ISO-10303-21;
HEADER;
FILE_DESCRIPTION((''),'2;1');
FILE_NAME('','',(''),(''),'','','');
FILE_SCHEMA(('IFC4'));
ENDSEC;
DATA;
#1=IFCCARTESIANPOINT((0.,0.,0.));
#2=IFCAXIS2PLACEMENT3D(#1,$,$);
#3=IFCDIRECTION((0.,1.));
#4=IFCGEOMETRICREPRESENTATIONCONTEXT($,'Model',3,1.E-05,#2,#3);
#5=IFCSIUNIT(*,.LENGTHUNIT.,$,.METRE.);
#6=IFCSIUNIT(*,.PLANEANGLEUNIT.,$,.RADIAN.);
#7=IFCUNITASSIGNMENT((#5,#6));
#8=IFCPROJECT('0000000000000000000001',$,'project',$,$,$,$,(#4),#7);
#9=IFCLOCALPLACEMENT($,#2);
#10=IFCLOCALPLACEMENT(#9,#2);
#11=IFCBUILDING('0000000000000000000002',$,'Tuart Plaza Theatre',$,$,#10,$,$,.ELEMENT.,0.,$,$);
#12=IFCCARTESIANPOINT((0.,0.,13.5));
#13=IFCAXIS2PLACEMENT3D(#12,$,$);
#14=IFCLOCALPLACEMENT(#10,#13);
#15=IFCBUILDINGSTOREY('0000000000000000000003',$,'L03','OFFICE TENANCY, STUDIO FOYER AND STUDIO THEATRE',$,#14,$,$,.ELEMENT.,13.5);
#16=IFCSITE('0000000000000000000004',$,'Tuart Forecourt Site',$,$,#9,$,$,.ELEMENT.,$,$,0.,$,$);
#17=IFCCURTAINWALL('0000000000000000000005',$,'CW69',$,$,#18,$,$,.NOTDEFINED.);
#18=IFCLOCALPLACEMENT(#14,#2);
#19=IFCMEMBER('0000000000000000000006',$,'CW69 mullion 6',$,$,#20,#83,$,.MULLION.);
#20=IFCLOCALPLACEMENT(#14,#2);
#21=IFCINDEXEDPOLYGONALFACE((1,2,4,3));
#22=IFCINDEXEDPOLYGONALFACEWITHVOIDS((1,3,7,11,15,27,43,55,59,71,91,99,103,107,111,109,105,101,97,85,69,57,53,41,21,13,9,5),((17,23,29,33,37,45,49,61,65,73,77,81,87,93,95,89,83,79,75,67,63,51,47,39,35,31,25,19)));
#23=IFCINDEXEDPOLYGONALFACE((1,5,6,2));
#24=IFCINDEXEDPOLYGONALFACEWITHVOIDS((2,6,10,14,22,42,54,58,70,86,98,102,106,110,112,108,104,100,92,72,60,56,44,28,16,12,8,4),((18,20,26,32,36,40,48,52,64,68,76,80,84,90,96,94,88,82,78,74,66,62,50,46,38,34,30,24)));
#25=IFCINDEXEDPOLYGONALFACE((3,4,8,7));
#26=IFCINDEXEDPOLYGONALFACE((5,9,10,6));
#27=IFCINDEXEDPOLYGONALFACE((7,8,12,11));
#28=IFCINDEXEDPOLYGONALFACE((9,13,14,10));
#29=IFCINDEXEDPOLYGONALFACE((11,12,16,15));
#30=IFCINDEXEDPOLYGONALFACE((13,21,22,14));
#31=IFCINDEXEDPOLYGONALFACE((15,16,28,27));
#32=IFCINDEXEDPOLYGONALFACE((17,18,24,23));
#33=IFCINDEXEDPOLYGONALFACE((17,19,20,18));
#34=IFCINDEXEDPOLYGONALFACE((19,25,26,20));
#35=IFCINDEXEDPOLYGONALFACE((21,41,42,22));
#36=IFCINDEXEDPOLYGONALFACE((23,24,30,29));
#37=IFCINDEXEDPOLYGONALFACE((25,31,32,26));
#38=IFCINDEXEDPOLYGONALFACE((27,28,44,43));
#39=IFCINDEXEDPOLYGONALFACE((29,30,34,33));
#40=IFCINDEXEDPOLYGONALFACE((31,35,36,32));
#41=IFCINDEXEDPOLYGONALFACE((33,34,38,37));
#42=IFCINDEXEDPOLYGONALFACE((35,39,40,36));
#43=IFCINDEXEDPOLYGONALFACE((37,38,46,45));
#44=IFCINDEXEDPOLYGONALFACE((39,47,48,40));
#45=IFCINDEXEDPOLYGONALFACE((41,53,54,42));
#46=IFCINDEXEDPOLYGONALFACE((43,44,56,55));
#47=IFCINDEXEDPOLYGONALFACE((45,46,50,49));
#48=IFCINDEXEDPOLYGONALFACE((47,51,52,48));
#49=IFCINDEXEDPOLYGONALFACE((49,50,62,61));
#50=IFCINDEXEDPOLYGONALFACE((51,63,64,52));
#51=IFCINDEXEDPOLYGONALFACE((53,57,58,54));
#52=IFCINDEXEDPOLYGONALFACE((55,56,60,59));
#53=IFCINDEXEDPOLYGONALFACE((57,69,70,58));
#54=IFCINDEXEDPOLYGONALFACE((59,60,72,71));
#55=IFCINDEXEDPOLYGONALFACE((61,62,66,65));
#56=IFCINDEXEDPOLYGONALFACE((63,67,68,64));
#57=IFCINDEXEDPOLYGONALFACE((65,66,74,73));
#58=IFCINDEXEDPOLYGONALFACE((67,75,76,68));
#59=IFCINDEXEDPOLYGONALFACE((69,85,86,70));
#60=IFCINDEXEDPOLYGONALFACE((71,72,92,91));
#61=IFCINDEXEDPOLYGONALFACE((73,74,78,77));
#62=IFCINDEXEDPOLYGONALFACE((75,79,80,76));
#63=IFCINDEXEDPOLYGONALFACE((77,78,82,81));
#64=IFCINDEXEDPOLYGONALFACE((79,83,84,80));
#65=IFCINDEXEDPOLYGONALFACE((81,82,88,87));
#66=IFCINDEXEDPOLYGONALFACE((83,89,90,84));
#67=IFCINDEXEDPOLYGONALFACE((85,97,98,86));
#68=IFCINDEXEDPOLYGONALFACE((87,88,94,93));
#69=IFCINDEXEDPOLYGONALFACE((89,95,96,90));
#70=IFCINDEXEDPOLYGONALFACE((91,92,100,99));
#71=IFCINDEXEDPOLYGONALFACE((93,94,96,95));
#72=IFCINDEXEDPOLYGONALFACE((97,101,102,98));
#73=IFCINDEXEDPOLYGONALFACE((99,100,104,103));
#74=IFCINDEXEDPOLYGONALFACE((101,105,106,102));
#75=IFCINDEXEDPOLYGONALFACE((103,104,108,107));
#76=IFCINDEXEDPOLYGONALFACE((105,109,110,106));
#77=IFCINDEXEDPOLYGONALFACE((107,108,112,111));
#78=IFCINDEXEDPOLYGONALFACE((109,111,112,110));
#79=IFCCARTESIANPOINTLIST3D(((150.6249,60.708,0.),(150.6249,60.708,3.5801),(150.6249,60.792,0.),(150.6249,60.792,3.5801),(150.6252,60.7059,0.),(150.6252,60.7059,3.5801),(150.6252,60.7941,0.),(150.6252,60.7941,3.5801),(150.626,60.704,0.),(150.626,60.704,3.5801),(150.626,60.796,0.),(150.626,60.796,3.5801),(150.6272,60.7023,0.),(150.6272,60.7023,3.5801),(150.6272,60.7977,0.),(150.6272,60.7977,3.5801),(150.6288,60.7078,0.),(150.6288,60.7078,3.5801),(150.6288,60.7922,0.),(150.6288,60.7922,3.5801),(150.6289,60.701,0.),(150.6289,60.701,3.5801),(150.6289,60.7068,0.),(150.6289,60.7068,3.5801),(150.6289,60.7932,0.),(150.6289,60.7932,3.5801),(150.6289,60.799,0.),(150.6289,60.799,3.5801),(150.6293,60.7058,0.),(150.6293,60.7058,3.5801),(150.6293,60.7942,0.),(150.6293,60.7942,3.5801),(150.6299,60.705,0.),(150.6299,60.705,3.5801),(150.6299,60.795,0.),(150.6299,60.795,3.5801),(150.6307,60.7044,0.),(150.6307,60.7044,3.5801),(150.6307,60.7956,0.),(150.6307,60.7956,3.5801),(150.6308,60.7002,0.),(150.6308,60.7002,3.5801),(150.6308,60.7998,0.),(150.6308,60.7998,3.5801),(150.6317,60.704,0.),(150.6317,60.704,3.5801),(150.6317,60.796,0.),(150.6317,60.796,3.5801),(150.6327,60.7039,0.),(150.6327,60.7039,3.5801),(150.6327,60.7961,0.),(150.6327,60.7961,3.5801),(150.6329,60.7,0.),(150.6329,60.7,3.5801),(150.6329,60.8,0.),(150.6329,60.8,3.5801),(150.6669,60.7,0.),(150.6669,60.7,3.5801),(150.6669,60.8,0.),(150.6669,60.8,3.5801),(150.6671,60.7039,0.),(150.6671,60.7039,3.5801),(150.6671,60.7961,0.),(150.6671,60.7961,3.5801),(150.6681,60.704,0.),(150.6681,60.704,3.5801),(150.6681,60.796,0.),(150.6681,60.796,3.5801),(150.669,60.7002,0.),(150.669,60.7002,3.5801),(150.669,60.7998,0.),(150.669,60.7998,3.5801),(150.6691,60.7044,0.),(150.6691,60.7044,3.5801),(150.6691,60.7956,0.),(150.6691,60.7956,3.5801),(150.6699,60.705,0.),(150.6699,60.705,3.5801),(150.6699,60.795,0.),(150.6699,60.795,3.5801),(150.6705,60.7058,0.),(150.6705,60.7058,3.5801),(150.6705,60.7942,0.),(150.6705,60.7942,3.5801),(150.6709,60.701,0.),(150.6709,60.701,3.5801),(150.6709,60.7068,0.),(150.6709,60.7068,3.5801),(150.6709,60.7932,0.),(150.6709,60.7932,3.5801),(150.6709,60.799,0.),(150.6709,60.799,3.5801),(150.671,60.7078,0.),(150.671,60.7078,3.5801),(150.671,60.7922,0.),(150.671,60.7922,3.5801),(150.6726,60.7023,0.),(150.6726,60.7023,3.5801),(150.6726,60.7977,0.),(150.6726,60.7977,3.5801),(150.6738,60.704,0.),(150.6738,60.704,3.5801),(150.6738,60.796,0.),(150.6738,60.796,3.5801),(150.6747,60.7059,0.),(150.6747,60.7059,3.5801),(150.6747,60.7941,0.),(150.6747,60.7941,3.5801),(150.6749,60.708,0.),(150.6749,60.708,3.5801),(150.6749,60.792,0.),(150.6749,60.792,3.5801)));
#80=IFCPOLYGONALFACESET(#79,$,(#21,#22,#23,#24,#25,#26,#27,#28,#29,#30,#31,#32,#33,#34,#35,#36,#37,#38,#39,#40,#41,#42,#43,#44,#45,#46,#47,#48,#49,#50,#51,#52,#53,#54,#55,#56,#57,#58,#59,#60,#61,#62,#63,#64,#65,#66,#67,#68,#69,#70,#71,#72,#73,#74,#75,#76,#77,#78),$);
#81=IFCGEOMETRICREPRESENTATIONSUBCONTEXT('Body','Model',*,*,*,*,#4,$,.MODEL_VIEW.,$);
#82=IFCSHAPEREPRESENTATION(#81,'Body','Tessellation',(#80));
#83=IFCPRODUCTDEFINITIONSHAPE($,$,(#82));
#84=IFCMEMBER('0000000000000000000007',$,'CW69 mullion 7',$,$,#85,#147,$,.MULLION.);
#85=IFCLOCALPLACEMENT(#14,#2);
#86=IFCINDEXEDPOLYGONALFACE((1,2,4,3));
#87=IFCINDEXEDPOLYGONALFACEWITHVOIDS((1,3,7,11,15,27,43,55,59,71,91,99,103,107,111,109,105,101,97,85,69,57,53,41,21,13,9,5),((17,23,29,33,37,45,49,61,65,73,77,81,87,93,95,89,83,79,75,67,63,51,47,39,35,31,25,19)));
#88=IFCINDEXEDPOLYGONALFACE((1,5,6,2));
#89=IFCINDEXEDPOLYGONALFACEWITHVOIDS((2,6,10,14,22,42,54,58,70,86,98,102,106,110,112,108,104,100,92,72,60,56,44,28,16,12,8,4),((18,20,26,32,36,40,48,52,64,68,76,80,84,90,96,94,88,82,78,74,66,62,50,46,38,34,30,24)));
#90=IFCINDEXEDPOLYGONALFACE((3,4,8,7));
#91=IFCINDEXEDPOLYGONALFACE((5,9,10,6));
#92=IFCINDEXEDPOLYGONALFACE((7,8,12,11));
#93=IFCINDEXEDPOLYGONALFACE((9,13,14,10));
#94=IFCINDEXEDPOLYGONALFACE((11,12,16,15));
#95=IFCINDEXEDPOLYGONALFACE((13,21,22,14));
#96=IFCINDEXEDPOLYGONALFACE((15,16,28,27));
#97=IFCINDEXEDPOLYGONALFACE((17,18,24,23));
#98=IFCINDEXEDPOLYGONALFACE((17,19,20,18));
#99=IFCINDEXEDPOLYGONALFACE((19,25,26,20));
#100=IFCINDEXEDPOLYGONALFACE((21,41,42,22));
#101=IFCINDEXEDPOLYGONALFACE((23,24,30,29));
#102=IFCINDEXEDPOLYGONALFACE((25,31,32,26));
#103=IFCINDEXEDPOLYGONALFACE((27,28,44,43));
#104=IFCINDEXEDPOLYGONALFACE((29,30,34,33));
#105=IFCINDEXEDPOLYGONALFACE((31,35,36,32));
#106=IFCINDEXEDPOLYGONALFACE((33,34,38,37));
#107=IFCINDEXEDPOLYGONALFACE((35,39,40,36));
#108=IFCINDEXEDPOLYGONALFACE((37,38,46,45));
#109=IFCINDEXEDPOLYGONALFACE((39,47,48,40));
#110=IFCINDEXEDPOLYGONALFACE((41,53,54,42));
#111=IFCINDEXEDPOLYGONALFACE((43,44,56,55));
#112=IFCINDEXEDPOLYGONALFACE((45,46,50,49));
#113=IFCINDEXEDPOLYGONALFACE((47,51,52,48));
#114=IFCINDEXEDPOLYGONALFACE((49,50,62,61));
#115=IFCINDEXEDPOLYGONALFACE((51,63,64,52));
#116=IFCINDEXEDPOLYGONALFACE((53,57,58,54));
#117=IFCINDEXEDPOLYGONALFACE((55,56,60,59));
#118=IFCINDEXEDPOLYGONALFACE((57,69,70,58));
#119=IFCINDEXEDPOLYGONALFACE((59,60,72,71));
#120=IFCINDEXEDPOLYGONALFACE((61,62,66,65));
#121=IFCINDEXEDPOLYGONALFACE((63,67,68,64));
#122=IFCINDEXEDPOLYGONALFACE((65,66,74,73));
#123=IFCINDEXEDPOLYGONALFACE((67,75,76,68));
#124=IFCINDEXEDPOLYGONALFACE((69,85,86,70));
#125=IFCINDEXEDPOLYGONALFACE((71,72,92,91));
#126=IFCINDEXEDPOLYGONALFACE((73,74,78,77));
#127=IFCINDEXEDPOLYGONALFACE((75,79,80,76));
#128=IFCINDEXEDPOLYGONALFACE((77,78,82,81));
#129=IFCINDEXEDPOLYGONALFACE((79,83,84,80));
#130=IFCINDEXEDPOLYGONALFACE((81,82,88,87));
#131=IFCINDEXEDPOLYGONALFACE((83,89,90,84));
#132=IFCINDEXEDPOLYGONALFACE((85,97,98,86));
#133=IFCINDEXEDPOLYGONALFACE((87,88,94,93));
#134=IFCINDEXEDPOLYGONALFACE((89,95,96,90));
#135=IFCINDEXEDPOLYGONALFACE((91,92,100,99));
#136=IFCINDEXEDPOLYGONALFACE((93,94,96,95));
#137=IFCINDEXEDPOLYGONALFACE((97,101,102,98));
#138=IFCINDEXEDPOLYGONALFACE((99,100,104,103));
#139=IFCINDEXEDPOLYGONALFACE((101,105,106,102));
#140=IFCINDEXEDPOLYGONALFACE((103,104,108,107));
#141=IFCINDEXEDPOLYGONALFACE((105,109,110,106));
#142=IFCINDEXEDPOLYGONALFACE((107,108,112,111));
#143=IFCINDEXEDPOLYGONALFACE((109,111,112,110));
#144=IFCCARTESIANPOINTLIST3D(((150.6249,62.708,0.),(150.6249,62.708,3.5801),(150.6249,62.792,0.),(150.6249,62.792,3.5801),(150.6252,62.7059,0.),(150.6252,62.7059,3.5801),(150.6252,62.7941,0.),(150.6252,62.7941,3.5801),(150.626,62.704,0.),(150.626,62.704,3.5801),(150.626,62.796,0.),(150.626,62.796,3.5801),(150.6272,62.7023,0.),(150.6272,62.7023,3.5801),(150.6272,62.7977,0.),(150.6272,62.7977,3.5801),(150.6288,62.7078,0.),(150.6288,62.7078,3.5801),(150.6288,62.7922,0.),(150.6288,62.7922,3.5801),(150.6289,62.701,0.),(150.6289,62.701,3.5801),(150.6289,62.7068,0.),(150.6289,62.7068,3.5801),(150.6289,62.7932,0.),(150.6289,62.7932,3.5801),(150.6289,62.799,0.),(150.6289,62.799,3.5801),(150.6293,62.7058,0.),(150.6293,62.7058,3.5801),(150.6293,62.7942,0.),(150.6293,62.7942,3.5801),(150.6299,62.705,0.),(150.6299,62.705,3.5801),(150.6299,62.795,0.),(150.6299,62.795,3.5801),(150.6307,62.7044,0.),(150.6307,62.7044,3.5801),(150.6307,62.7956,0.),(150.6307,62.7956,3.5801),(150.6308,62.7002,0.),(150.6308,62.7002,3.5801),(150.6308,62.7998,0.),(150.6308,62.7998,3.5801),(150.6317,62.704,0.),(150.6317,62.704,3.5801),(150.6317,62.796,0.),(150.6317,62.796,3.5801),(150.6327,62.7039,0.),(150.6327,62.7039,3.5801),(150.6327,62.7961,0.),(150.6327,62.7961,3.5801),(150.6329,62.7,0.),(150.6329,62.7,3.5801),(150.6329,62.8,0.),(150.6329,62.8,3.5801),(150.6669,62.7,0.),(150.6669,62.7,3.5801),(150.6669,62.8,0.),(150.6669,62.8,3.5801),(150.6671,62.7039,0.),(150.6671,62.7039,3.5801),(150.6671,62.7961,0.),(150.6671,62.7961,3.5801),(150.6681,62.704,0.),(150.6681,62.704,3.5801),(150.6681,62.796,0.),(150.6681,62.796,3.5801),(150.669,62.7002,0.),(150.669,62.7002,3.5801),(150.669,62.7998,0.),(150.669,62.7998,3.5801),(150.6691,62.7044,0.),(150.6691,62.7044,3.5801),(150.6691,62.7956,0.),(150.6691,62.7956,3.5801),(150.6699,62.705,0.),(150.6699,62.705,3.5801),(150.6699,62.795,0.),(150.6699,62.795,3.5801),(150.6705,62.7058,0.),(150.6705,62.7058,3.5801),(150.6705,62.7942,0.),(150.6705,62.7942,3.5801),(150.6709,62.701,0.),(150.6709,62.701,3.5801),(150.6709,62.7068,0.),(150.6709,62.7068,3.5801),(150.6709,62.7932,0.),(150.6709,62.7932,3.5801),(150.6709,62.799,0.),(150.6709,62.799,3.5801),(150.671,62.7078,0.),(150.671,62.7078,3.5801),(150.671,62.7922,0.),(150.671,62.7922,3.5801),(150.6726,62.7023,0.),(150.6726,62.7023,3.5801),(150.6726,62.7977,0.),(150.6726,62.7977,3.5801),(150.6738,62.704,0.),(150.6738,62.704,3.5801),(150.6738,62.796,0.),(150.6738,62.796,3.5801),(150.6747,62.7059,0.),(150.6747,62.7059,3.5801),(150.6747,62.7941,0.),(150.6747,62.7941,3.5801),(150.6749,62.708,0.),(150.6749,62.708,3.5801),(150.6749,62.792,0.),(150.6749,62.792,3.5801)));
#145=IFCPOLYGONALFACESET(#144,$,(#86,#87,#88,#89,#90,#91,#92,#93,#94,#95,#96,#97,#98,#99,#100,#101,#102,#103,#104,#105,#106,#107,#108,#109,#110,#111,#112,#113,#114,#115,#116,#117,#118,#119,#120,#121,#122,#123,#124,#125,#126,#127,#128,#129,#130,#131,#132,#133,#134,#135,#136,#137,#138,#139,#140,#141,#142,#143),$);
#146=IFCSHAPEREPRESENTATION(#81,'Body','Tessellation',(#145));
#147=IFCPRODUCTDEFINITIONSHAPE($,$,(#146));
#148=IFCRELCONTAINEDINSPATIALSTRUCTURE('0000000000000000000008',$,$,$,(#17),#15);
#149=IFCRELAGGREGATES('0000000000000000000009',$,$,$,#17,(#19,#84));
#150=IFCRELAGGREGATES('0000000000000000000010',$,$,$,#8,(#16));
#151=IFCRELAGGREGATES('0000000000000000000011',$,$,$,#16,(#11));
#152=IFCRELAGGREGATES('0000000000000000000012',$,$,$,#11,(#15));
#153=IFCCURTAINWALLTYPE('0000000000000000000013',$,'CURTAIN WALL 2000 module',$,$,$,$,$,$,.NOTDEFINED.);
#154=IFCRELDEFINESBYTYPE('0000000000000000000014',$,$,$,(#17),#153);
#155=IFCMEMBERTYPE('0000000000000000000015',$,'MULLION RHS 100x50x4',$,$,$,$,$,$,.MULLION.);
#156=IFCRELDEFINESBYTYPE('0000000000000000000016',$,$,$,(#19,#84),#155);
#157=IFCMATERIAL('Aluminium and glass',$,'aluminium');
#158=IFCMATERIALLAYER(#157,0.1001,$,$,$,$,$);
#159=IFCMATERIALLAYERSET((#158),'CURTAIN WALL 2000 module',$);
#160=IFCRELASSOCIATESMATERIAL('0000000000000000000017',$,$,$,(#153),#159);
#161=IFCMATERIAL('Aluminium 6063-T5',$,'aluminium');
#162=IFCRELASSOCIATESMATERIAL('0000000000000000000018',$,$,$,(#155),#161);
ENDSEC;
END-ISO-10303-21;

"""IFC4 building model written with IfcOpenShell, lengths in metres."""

from ifc_helpers import new_model, si_unit, direction, frame, origin, origin_2d, place, context, subcontext, project, spatial, hollow_rectangle, extrude, material, layer, layer_set, material_profile, profile_set, type_object, element, aggregate, save


model = new_model("IFC4")

# Units and contexts
model_context = context("Model", 3, precision=1e-05, world=origin(), true_north=direction((0.0, 1.0)))
body_context = subcontext(model_context, "Body", "Model", "MODEL_VIEW")
ifc_project = project(units=[si_unit("LENGTHUNIT", "METRE"), si_unit("PLANEANGLEUNIT", "RADIAN")], contexts=[model_context])

# Site, building, storey
site_placement = place(None, origin())
site = spatial("IfcSite", under=ifc_project, at=site_placement, Name="Tuart Forecourt Site", CompositionType="ELEMENT", RefElevation=0.0)
building_placement = place(site_placement, origin())
building = spatial("IfcBuilding", under=site, at=building_placement, Name="Tuart Plaza Theatre", CompositionType="ELEMENT", ElevationOfRefHeight=0.0)
storey_placement = place(building_placement, frame((0.0, 0.0, 13.5)))
storey = spatial("IfcBuildingStorey", under=building, at=storey_placement, Name="L03", Description="OFFICE TENANCY, STUDIO FOYER AND STUDIO THEATRE", CompositionType="ELEMENT", Elevation=13.5)

# Curtain wall, members
ifc_material_1 = material(Name="Aluminium and glass", Category="aluminium")
ifc_layer_1 = layer(ifc_material_1, 0.1001)
ifc_layer_set_1 = layer_set([ifc_layer_1], Name="CURTAIN WALL 2000 module")
curtain_wall_type = type_object("IfcCurtainWallType", Name="CURTAIN WALL 2000 module", PredefinedType="NOTDEFINED", material=ifc_layer_set_1)
curtain_wall_placement = place(storey_placement, origin())
curtain_wall = element("IfcCurtainWall", 1, at=curtain_wall_placement, inside=storey, type_object=curtain_wall_type, Name="CW69", PredefinedType="NOTDEFINED")
ifc_material_2 = material(Name="Aluminium 6063-T5", Category="aluminium")
ifc_material_profile_1 = material_profile(ifc_material_2, hollow_rectangle(XDim=0.05, YDim=0.1001, WallThickness=0.0039, InnerFilletRadius=0.0039, OuterFilletRadius=0.0081, at=origin_2d()), Name="RHS 100x50x4")
ifc_profile_set_1 = profile_set([ifc_material_profile_1], Name="Aluminium 6063-T5")
member_type_1 = type_object("IfcMemberType", Name="MULLION RHS 100x50x4", PredefinedType="MULLION", material=ifc_profile_set_1)
member_1_placement = place(storey_placement, frame((150.6499, 60.75, 0.0), z_axis=(0.0, 0.0, 1.0), x_axis=(-1.0, 0.0, 0.0)))
member_1 = element("IfcMember", 2, at=member_1_placement, type_object=member_type_1, Name="CW69 mullion 6", PredefinedType="MULLION", context=body_context, shape_type="SweptSolid", body=[
    extrude(hollow_rectangle(XDim=0.05, YDim=0.1001, WallThickness=0.0039, InnerFilletRadius=0.0039, OuterFilletRadius=0.0081, at=origin_2d()), origin(), (0.0, 0.0, 1.0), 3.5801),
])
member_2_placement = place(storey_placement, frame((150.6499, 62.75, 0.0), z_axis=(0.0, 0.0, 1.0), x_axis=(-1.0, 0.0, 0.0)))
member_2 = element("IfcMember", 3, at=member_2_placement, type_object=member_type_1, Name="CW69 mullion 7", PredefinedType="MULLION", context=body_context, shape_type="SweptSolid", body=[
    extrude(hollow_rectangle(XDim=0.05, YDim=0.1001, WallThickness=0.0039, InnerFilletRadius=0.0039, OuterFilletRadius=0.0081, at=origin_2d()), origin(), (0.0, 0.0, 1.0), 3.5801),
])
aggregate(curtain_wall, [member_1, member_2])

save(model, "model.ifc")
